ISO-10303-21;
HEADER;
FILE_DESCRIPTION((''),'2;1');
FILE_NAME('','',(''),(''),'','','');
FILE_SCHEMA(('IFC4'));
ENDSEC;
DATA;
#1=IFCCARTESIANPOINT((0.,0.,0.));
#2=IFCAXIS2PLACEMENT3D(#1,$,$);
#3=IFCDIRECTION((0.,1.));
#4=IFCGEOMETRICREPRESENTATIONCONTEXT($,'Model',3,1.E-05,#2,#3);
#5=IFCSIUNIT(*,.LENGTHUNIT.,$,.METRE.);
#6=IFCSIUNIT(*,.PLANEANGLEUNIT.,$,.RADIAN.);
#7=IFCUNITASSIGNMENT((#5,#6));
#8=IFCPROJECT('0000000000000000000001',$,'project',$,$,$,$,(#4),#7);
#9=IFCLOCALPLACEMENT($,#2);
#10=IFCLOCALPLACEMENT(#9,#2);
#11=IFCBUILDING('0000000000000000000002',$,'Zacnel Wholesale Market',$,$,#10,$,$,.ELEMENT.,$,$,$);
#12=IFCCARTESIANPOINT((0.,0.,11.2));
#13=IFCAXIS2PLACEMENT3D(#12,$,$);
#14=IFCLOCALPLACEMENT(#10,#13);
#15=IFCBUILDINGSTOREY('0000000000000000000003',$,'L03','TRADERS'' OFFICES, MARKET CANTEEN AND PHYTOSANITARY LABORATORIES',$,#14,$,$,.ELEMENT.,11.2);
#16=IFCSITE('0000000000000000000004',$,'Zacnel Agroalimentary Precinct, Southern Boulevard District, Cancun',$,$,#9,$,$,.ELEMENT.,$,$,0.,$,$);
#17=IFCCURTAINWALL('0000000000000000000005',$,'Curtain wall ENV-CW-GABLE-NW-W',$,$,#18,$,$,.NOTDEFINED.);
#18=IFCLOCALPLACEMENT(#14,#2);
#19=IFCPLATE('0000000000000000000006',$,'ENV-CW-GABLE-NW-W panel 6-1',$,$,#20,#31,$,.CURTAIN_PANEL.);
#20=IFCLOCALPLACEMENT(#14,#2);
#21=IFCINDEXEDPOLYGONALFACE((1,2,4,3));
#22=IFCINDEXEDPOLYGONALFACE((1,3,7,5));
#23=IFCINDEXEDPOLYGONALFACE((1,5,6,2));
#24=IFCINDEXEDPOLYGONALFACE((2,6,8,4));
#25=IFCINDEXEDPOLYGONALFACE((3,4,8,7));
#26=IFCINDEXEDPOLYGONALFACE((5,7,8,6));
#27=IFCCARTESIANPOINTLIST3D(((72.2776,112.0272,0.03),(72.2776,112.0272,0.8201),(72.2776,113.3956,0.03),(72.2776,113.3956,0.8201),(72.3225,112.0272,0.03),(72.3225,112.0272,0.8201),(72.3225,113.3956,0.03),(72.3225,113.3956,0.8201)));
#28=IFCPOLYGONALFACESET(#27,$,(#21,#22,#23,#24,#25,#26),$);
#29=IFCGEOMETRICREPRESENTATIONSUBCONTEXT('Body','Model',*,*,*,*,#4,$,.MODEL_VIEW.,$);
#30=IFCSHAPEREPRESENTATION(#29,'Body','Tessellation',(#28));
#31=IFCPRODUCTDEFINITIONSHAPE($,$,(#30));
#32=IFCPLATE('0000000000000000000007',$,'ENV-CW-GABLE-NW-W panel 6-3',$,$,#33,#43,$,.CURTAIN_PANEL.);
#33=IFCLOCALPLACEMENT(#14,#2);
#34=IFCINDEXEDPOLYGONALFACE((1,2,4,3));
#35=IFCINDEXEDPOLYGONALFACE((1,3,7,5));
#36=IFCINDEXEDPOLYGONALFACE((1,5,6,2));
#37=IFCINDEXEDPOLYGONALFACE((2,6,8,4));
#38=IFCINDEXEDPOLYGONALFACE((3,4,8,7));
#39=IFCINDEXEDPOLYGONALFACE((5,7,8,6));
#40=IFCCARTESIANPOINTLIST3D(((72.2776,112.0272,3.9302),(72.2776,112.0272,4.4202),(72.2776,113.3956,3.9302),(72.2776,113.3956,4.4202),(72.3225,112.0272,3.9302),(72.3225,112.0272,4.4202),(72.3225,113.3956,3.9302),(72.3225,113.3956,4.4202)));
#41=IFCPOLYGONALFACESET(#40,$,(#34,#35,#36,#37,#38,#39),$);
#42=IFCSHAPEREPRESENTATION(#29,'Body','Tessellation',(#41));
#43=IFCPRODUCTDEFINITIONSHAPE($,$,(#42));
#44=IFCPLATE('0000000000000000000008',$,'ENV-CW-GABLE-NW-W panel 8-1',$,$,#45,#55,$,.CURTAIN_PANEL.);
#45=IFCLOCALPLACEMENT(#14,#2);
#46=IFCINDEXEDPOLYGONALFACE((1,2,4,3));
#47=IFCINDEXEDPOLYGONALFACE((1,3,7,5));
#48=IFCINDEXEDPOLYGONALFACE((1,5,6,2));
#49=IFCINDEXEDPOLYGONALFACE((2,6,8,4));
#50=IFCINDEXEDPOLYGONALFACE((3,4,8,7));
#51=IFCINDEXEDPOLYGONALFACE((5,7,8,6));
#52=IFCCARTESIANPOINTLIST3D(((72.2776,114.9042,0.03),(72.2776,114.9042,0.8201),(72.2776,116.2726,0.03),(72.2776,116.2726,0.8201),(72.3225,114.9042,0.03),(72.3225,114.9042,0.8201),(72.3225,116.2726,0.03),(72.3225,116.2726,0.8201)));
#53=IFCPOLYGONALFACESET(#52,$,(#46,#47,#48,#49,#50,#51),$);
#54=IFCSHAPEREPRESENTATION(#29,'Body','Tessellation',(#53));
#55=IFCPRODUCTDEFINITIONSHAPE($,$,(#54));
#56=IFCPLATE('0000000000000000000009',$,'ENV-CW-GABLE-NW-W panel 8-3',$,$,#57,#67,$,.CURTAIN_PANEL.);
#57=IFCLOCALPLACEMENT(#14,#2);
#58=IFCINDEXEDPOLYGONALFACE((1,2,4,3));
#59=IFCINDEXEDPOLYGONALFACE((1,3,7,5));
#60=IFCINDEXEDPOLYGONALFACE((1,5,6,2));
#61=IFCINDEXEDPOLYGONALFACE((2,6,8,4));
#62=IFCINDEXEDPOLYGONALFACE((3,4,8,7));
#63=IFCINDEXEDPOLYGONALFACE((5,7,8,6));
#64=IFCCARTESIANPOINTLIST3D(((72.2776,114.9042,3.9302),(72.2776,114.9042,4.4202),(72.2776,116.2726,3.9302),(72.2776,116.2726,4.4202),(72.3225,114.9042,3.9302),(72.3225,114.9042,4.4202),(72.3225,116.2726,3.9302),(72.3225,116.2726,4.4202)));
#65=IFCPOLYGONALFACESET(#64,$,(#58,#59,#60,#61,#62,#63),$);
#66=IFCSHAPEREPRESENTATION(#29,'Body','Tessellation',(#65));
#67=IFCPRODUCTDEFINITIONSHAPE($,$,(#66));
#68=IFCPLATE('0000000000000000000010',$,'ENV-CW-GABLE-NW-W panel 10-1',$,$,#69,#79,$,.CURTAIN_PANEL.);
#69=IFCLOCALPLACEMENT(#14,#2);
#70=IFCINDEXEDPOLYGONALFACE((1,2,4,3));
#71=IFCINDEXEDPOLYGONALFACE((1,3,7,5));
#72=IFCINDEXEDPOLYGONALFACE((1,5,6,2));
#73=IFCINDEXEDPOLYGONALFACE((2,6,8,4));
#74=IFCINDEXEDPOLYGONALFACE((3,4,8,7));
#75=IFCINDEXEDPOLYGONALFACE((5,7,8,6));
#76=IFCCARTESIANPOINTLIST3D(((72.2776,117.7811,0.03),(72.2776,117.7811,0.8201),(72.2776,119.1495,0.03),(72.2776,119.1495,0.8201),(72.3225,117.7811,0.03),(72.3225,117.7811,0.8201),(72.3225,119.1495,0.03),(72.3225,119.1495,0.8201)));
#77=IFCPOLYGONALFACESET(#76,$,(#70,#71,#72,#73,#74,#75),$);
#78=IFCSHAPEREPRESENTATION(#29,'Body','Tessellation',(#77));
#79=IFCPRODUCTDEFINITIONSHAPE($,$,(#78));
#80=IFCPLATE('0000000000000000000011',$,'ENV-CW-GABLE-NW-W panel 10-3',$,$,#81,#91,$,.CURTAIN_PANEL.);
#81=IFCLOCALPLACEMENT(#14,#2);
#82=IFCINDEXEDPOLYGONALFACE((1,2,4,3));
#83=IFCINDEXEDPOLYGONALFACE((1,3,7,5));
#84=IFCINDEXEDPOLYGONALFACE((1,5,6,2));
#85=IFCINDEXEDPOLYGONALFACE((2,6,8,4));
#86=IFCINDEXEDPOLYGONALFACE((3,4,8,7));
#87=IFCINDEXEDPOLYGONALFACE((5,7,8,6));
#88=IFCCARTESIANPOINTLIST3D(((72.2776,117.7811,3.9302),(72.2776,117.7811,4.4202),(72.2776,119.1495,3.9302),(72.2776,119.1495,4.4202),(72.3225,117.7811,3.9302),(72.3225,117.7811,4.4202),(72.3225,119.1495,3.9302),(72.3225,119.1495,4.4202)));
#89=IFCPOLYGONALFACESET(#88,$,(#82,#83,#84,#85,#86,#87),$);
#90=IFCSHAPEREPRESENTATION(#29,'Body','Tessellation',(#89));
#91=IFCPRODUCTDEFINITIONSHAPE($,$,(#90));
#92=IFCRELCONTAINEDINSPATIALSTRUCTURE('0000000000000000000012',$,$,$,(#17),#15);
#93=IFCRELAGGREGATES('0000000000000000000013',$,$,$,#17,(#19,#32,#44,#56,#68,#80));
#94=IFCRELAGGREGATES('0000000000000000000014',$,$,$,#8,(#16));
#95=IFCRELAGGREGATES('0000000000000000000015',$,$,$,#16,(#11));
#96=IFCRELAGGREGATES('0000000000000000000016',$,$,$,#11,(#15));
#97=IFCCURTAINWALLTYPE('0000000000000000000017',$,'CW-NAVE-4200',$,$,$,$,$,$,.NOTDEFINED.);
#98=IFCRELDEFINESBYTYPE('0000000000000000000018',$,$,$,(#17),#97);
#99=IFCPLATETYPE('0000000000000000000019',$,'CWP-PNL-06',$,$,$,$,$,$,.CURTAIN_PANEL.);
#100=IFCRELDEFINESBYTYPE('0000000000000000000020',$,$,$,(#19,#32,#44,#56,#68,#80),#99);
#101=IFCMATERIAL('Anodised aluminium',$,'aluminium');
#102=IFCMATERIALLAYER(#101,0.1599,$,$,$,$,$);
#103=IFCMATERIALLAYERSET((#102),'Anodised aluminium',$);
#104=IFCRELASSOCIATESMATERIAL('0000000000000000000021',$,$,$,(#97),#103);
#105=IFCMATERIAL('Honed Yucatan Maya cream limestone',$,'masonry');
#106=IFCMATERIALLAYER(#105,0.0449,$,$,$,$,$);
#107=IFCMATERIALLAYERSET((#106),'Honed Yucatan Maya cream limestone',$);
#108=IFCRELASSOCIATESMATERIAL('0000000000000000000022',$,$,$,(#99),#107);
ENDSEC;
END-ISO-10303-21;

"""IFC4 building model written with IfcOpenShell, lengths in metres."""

from ifc_helpers import new_model, si_unit, direction, frame, origin, origin_2d, place, context, subcontext, project, spatial, rectangle, extrude, material, layer, layer_set, type_object, element, aggregate, save


model = new_model("IFC4")

# Units and contexts
model_context = context("Model", 3, precision=1e-05, world=origin(), true_north=direction((0.0, 1.0)))
body_context = subcontext(model_context, "Body", "Model", "MODEL_VIEW")
ifc_project = project(units=[si_unit("LENGTHUNIT", "METRE"), si_unit("PLANEANGLEUNIT", "RADIAN")], contexts=[model_context])

# Site, building, storey
site_placement = place(None, origin())
site = spatial("IfcSite", under=ifc_project, at=site_placement, Name="Zacnel Agroalimentary Precinct, Southern Boulevard District, Cancun", CompositionType="ELEMENT", RefElevation=0.0)
building_placement = place(site_placement, origin())
building = spatial("IfcBuilding", under=site, at=building_placement, Name="Zacnel Wholesale Market", CompositionType="ELEMENT")
storey_placement = place(building_placement, frame((0.0, 0.0, 11.2)))
storey = spatial("IfcBuildingStorey", under=building, at=storey_placement, Name="L03", Description="TRADERS' OFFICES, MARKET CANTEEN AND PHYTOSANITARY LABORATORIES", CompositionType="ELEMENT", Elevation=11.2)

# Curtain wall, plates
ifc_material_1 = material(Name="Anodised aluminium", Category="aluminium")
ifc_layer_1 = layer(ifc_material_1, 0.1599)
ifc_layer_set_1 = layer_set([ifc_layer_1], Name="Anodised aluminium")
curtain_wall_type = type_object("IfcCurtainWallType", Name="CW-NAVE-4200", PredefinedType="NOTDEFINED", material=ifc_layer_set_1)
curtain_wall_placement = place(storey_placement, origin())
curtain_wall = element("IfcCurtainWall", 1, at=curtain_wall_placement, inside=storey, type_object=curtain_wall_type, Name="Curtain wall ENV-CW-GABLE-NW-W", PredefinedType="NOTDEFINED")
ifc_material_2 = material(Name="Honed Yucatan Maya cream limestone", Category="masonry")
ifc_layer_2 = layer(ifc_material_2, 0.0449)
ifc_layer_set_2 = layer_set([ifc_layer_2], Name="Honed Yucatan Maya cream limestone")
plate_type_1 = type_object("IfcPlateType", Name="CWP-PNL-06", PredefinedType="CURTAIN_PANEL", material=ifc_layer_set_2)
plate_1_placement = place(storey_placement, frame((72.3, 112.7114, 0.03), z_axis=(0.0, 0.0, 1.0), x_axis=(0.0, 1.0, 0.0)))
plate_1 = element("IfcPlate", 2, at=plate_1_placement, type_object=plate_type_1, Name="ENV-CW-GABLE-NW-W panel 6-1", PredefinedType="CURTAIN_PANEL", context=body_context, shape_type="SweptSolid", body=[
    extrude(rectangle(XDim=1.3684, YDim=0.0449, at=origin_2d()), origin(), (0.0, 0.0, 1.0), 0.79),
])
plate_2_placement = place(storey_placement, frame((72.3, 112.7114, 3.9302), z_axis=(0.0, 0.0, 1.0), x_axis=(0.0, 1.0, 0.0)))
plate_2 = element("IfcPlate", 3, at=plate_2_placement, type_object=plate_type_1, Name="ENV-CW-GABLE-NW-W panel 6-3", PredefinedType="CURTAIN_PANEL", context=body_context, shape_type="SweptSolid", body=[
    extrude(rectangle(XDim=1.3684, YDim=0.0449, at=origin_2d()), origin(), (0.0, 0.0, 1.0), 0.49),
])
plate_3_placement = place(storey_placement, frame((72.3, 115.5884, 0.03), z_axis=(0.0, 0.0, 1.0), x_axis=(0.0, 1.0, 0.0)))
plate_3 = element("IfcPlate", 4, at=plate_3_placement, type_object=plate_type_1, Name="ENV-CW-GABLE-NW-W panel 8-1", PredefinedType="CURTAIN_PANEL", context=body_context, shape_type="SweptSolid", body=[
    extrude(rectangle(XDim=1.3684, YDim=0.0449, at=origin_2d()), origin(), (0.0, 0.0, 1.0), 0.79),
])
plate_4_placement = place(storey_placement, frame((72.3, 115.5884, 3.9302), z_axis=(0.0, 0.0, 1.0), x_axis=(0.0, 1.0, 0.0)))
plate_4 = element("IfcPlate", 5, at=plate_4_placement, type_object=plate_type_1, Name="ENV-CW-GABLE-NW-W panel 8-3", PredefinedType="CURTAIN_PANEL", context=body_context, shape_type="SweptSolid", body=[
    extrude(rectangle(XDim=1.3684, YDim=0.0449, at=origin_2d()), origin(), (0.0, 0.0, 1.0), 0.49),
])
plate_5_placement = place(storey_placement, frame((72.3, 118.4653, 0.03), z_axis=(0.0, 0.0, 1.0), x_axis=(0.0, 1.0, 0.0)))
plate_5 = element("IfcPlate", 6, at=plate_5_placement, type_object=plate_type_1, Name="ENV-CW-GABLE-NW-W panel 10-1", PredefinedType="CURTAIN_PANEL", context=body_context, shape_type="SweptSolid", body=[
    extrude(rectangle(XDim=1.3684, YDim=0.0449, at=origin_2d()), origin(), (0.0, 0.0, 1.0), 0.79),
])
plate_6_placement = place(storey_placement, frame((72.3, 118.4653, 3.9302), z_axis=(0.0, 0.0, 1.0), x_axis=(0.0, 1.0, 0.0)))
plate_6 = element("IfcPlate", 7, at=plate_6_placement, type_object=plate_type_1, Name="ENV-CW-GABLE-NW-W panel 10-3", PredefinedType="CURTAIN_PANEL", context=body_context, shape_type="SweptSolid", body=[
    extrude(rectangle(XDim=1.3684, YDim=0.0449, at=origin_2d()), origin(), (0.0, 0.0, 1.0), 0.49),
])
aggregate(curtain_wall, [plate_1, plate_2, plate_3, plate_4, plate_5, plate_6])

save(model, "model.ifc")
